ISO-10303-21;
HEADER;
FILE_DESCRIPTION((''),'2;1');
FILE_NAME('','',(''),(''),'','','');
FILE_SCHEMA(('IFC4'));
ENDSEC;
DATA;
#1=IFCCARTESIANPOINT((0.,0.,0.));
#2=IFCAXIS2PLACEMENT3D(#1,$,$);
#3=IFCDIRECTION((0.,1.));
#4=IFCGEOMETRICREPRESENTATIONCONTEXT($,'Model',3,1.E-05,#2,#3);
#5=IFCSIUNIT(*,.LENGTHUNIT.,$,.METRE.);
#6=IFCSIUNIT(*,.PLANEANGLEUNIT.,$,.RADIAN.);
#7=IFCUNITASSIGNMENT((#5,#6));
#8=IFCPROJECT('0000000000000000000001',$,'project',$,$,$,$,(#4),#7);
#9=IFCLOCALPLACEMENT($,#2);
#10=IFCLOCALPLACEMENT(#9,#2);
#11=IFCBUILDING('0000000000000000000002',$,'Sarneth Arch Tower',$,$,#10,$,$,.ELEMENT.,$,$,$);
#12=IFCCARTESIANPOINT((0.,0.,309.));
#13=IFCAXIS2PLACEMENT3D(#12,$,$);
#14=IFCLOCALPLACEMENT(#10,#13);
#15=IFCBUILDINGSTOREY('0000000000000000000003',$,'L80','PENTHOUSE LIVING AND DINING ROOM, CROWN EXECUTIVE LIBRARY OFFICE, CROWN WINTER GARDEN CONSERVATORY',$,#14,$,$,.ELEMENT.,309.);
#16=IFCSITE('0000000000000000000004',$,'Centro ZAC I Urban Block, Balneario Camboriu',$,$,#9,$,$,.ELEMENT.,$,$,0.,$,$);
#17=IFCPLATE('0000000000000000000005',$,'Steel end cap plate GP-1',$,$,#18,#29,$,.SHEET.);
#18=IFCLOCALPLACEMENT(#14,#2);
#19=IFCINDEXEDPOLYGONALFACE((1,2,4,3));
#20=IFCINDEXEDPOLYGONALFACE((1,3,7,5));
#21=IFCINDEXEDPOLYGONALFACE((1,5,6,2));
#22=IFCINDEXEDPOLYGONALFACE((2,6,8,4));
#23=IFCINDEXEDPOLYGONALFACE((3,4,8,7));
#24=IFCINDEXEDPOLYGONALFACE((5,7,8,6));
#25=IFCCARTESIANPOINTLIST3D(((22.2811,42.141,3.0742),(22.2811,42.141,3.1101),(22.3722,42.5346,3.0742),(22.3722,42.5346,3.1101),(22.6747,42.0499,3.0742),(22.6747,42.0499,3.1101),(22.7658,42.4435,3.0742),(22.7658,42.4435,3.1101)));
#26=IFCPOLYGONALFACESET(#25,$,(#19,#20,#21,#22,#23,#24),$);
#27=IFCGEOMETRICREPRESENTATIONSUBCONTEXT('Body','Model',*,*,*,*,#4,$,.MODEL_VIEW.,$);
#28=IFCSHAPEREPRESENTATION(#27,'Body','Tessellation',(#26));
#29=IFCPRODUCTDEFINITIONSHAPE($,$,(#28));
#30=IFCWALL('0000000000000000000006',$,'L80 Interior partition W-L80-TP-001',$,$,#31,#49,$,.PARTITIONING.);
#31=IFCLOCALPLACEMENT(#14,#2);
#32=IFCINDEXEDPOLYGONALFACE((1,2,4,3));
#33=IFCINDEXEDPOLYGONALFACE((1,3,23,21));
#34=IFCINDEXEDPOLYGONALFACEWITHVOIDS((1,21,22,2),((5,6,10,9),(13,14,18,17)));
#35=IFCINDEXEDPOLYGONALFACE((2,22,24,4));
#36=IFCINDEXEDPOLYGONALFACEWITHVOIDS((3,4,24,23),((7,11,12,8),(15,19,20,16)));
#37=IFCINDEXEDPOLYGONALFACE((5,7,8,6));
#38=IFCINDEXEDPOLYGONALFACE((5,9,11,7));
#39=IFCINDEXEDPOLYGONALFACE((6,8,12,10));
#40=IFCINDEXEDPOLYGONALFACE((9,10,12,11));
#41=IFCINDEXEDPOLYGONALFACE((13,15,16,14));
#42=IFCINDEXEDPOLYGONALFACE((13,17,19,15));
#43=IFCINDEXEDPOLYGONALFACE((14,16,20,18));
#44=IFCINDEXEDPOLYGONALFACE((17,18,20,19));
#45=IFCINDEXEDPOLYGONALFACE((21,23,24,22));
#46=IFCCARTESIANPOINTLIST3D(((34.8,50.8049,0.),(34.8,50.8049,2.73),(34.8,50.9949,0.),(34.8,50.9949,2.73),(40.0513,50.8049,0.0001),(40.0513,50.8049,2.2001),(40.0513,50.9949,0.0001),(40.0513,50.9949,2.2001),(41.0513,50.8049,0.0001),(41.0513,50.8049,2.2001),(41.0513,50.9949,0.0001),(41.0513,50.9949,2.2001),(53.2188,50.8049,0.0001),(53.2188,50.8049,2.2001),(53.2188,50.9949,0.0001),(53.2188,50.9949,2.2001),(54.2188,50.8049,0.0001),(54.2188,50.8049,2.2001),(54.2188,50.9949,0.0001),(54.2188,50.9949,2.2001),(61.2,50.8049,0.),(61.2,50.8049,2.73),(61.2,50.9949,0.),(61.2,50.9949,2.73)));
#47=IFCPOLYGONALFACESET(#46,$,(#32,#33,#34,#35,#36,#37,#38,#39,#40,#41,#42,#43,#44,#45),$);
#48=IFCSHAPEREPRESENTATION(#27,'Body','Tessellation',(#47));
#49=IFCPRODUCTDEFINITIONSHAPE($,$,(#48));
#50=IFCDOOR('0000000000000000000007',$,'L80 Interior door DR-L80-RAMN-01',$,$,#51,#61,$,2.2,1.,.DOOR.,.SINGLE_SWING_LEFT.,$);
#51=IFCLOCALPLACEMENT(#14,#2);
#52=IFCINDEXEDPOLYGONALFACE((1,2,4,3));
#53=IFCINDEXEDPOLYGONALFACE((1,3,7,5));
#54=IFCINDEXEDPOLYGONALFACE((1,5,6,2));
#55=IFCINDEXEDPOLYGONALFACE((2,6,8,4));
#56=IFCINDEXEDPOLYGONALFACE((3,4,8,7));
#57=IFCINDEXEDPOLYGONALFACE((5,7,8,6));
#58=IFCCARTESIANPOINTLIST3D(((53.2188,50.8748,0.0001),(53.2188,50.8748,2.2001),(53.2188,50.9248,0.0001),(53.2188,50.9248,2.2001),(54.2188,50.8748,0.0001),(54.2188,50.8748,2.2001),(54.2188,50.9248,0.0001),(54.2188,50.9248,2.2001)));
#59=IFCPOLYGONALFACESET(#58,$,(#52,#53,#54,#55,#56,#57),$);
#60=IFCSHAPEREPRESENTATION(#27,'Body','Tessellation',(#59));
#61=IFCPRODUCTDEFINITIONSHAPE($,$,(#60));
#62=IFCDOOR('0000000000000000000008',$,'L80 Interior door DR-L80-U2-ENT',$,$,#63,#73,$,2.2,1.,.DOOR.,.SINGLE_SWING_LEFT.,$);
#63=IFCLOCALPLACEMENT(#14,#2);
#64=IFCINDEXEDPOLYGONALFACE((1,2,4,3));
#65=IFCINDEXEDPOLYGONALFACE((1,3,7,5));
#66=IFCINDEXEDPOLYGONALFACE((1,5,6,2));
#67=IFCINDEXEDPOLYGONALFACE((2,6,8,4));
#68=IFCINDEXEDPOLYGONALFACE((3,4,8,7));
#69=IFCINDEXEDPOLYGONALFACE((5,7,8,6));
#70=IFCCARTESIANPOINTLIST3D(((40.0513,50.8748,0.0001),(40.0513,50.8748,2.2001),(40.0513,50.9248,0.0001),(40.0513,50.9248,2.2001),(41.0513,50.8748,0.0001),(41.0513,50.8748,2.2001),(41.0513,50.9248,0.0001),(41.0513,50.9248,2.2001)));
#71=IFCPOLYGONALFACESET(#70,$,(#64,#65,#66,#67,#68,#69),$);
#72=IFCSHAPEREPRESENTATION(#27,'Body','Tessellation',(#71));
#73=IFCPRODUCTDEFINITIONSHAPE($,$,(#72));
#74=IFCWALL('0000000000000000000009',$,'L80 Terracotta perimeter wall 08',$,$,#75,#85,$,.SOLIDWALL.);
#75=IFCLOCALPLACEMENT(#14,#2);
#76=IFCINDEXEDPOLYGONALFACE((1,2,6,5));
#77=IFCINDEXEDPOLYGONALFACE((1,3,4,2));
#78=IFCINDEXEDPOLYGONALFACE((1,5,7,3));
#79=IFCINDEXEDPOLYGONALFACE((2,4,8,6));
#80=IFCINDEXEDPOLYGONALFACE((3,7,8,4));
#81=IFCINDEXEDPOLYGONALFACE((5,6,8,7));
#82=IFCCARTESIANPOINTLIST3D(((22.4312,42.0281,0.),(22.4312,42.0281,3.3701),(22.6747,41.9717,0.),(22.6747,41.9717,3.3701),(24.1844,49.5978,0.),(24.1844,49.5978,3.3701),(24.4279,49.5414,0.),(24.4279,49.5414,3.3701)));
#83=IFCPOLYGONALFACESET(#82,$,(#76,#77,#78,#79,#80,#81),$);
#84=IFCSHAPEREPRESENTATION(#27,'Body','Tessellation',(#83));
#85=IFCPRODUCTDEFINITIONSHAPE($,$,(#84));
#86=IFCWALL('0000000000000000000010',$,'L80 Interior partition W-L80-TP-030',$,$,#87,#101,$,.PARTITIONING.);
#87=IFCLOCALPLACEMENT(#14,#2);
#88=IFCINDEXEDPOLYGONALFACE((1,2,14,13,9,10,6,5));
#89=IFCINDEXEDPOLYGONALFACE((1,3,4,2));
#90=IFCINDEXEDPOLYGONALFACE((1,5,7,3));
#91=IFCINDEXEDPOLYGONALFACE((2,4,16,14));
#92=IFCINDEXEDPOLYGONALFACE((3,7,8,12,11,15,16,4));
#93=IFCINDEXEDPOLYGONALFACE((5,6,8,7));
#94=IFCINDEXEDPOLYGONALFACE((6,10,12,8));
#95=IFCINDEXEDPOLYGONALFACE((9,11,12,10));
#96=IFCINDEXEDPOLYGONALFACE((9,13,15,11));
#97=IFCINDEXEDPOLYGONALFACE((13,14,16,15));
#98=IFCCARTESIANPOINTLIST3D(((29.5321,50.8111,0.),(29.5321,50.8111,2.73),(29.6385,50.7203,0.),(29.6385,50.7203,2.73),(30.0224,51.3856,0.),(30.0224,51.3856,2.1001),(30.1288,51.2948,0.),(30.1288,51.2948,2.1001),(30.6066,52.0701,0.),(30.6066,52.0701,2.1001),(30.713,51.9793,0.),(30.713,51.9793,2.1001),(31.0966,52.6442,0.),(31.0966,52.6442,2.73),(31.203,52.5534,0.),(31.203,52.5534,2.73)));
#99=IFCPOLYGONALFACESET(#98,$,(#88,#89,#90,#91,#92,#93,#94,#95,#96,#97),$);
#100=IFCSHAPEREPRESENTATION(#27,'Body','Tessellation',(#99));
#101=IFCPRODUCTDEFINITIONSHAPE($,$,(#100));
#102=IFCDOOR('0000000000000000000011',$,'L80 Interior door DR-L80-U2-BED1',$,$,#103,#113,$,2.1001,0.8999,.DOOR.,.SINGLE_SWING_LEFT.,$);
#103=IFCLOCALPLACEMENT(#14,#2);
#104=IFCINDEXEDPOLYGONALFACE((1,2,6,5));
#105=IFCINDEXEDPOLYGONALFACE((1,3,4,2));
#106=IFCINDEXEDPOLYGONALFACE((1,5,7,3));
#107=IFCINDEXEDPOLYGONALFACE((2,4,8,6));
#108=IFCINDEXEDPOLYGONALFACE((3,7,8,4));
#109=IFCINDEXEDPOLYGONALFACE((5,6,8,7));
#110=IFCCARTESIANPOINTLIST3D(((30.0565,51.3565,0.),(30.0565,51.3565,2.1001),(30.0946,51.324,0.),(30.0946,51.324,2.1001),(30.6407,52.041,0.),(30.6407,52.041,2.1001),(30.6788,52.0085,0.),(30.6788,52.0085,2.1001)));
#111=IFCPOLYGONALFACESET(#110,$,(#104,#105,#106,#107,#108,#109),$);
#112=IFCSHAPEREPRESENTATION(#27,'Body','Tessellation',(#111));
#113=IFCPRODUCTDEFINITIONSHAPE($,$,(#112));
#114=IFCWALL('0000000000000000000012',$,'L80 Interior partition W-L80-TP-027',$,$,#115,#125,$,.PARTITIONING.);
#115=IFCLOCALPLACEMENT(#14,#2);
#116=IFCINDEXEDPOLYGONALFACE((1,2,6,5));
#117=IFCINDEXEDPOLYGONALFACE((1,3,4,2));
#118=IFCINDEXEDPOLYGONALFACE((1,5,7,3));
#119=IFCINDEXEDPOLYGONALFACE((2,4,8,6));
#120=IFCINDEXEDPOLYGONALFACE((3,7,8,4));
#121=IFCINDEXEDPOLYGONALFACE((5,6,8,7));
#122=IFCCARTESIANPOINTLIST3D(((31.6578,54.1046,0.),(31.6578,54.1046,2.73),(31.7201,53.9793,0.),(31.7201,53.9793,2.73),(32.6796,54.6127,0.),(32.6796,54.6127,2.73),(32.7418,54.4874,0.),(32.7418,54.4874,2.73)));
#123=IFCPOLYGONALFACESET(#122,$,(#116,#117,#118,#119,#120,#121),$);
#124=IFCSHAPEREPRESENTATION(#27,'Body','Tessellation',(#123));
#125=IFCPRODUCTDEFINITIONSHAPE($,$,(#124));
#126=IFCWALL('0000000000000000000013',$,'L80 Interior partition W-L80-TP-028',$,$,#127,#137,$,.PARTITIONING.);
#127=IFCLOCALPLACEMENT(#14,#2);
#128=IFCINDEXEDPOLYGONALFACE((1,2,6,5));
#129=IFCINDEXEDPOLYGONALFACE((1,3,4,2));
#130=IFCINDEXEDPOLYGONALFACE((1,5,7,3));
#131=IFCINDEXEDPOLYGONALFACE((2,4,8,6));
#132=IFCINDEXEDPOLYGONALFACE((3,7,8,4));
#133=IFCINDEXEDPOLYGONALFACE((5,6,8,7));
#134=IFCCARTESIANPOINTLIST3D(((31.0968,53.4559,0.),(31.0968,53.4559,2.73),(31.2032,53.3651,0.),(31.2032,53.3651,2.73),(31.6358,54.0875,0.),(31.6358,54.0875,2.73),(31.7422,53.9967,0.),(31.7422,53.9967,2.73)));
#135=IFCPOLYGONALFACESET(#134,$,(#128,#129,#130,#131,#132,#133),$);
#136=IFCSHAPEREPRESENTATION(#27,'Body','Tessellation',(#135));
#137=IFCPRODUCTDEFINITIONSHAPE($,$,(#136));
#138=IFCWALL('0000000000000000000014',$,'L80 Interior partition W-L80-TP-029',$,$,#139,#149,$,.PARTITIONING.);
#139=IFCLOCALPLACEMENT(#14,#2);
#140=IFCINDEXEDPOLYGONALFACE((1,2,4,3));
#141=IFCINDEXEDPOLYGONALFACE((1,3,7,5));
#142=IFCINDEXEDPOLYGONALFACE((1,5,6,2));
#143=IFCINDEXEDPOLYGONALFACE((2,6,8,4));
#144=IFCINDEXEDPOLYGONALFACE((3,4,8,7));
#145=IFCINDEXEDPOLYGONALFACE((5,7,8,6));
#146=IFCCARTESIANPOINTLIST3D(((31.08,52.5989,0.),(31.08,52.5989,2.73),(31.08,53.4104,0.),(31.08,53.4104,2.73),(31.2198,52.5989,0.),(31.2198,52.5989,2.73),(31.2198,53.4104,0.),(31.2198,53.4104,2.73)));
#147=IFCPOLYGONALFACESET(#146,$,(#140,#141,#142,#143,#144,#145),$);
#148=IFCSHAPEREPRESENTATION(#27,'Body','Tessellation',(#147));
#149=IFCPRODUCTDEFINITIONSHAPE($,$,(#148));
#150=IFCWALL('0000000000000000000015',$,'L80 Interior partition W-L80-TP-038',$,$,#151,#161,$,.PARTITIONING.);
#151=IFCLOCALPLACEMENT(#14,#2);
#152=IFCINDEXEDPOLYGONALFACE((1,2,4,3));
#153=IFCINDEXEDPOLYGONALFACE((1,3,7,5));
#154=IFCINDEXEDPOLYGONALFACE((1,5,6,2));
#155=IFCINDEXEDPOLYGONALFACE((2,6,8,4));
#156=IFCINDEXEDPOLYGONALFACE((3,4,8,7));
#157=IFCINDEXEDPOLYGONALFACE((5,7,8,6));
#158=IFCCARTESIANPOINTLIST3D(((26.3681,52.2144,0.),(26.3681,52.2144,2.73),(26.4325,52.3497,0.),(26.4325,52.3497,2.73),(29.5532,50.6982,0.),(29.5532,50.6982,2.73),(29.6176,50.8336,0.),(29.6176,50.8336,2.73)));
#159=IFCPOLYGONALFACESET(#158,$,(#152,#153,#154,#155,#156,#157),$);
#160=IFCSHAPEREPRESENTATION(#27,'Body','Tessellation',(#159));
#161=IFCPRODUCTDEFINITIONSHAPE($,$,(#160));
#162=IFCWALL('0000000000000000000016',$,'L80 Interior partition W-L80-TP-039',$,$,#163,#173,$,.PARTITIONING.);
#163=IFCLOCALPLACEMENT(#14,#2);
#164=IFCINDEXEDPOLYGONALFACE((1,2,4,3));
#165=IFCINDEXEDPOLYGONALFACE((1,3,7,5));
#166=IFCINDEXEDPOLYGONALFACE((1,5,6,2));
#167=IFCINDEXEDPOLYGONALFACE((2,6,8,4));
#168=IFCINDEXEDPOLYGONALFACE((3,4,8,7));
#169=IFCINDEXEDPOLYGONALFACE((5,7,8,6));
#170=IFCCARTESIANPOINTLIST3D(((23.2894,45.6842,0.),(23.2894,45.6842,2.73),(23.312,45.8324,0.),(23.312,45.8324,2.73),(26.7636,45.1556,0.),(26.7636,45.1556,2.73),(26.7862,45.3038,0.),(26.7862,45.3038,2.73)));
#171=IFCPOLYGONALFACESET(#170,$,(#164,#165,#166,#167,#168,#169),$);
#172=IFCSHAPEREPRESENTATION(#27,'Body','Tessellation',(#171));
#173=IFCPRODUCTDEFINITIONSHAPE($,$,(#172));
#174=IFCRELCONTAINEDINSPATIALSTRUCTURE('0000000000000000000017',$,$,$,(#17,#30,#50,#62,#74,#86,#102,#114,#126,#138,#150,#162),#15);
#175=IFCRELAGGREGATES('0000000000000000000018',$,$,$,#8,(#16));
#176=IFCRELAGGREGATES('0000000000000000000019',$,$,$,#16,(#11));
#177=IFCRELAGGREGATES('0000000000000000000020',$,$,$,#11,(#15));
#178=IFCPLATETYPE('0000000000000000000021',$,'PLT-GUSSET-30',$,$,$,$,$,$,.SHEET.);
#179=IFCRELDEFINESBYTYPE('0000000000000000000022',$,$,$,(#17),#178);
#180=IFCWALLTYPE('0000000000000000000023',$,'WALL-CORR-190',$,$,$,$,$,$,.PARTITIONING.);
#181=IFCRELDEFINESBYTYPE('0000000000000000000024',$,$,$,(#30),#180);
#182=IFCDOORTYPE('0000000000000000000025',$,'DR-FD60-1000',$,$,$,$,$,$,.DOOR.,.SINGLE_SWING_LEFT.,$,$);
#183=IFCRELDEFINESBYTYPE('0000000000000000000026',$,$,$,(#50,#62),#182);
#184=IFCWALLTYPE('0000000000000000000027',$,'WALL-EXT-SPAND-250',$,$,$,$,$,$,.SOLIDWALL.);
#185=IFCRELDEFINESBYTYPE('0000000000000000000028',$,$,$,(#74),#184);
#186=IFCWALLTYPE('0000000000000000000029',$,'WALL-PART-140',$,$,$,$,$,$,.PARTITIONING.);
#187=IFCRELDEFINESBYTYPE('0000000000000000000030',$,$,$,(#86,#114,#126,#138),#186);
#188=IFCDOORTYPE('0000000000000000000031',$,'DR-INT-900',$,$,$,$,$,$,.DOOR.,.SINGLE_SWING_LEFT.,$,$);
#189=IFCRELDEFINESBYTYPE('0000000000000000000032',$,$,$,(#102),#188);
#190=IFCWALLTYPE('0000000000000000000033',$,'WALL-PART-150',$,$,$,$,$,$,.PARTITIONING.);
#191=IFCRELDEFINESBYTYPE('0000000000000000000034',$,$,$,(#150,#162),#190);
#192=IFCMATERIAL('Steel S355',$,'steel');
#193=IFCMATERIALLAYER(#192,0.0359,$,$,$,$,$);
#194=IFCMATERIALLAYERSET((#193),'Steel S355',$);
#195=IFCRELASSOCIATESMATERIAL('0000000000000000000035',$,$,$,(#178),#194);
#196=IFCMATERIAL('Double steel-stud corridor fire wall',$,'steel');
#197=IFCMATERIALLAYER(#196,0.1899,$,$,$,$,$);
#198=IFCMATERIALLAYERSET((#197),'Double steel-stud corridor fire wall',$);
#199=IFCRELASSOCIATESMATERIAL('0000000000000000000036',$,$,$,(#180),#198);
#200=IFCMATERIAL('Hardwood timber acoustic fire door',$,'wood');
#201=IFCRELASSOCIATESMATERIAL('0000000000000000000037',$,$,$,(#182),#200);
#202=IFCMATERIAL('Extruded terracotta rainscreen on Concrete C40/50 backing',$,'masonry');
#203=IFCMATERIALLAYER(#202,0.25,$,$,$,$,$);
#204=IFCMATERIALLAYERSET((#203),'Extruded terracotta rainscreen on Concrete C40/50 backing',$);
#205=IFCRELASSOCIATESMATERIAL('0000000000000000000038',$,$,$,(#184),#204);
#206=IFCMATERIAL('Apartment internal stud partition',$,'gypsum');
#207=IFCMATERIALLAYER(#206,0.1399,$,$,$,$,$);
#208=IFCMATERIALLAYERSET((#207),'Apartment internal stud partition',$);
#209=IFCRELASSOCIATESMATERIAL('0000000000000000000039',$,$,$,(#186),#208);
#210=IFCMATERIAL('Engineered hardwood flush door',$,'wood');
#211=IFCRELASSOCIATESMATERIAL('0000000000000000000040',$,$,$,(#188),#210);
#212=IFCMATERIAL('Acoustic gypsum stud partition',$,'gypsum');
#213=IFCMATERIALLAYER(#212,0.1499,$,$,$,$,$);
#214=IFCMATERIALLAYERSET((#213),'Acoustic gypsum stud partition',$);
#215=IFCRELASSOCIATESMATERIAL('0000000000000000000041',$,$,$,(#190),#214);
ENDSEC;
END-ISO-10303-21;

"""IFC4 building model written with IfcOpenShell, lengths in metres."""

from ifc_helpers import new_model, si_unit, direction, frame, frame_2d, origin, origin_2d, place, context, subcontext, project, spatial, rectangle, extrude, material, layer, layer_set, type_object, element, fill, save


model = new_model("IFC4")

# Units and contexts
model_context = context("Model", 3, precision=1e-05, world=origin(), true_north=direction((0.0, 1.0)))
body_context = subcontext(model_context, "Body", "Model", "MODEL_VIEW")
ifc_project = project(units=[si_unit("LENGTHUNIT", "METRE"), si_unit("PLANEANGLEUNIT", "RADIAN")], contexts=[model_context])

# Site, building, storey
site_placement = place(None, origin())
site = spatial("IfcSite", under=ifc_project, at=site_placement, Name="Centro ZAC I Urban Block, Balneario Camboriu", CompositionType="ELEMENT", RefElevation=0.0)
building_placement = place(site_placement, origin())
building = spatial("IfcBuilding", under=site, at=building_placement, Name="Sarneth Arch Tower", CompositionType="ELEMENT")
storey_placement = place(building_placement, frame((0.0, 0.0, 309.0)))
storey = spatial("IfcBuildingStorey", under=building, at=storey_placement, Name="L80", Description="PENTHOUSE LIVING AND DINING ROOM, CROWN EXECUTIVE LIBRARY OFFICE, CROWN WINTER GARDEN CONSERVATORY", CompositionType="ELEMENT", Elevation=309.0)

# Plate
ifc_material_1 = material(Name="Steel S355", Category="steel")
ifc_layer_1 = layer(ifc_material_1, 0.0359)
ifc_layer_set_1 = layer_set([ifc_layer_1], Name="Steel S355")
plate_type = type_object("IfcPlateType", Name="PLT-GUSSET-30", PredefinedType="SHEET", material=ifc_layer_set_1)
for number, where, z_axis, x_axis, name in (
    (1, (22.5234, 42.2922, 3.0742), (0.0, 0.0, 1.0), (-0.225461, -0.974252, 0.0), "Steel end cap plate GP-1"),
):
    element("IfcPlate", number, at=place(storey_placement, frame(where, z_axis=z_axis, x_axis=x_axis)), inside=storey, type_object=plate_type, Name=name, PredefinedType="SHEET", context=body_context, shape_type="SweptSolid", body=[
        extrude(rectangle(XDim=0.4041, YDim=0.4041, at=origin_2d()), origin(), (0.0, 0.0, 1.0), 0.0359),
    ])

# Wall, openings, doors
ifc_material_2 = material(Name="Double steel-stud corridor fire wall", Category="steel")
ifc_layer_2 = layer(ifc_material_2, 0.1899)
ifc_layer_set_2 = layer_set([ifc_layer_2], Name="Double steel-stud corridor fire wall")
wall_type_1 = type_object("IfcWallType", Name="WALL-CORR-190", PredefinedType="PARTITIONING", material=ifc_layer_set_2)
wall_1_placement = place(storey_placement, frame((34.8, 50.8999, 0.0), z_axis=(0.0, 0.0, 1.0), x_axis=(1.0, 0.0, 0.0)))
wall_1 = element("IfcWall", 2, at=wall_1_placement, inside=storey, type_object=wall_type_1, Name="L80 Interior partition W-L80-TP-001", PredefinedType="PARTITIONING", context=body_context, shape_type="SweptSolid", body=[
    extrude(rectangle(XDim=26.3999, YDim=0.1899, at=frame_2d((13.2, 0.0))), origin(), (0.0, 0.0, 1.0), 2.73),
])
opening_1_placement = place(wall_1_placement, frame((18.4187, 0.0, 0.0)))
opening_1 = element("IfcOpeningElement", 3, at=opening_1_placement, cuts=wall_1, PredefinedType="OPENING", context=body_context, shape_type="SweptSolid", body=[
    extrude(rectangle(XDim=1.0, YDim=2.2, at=frame_2d((0.5, 1.1001))), frame((0.0, 0.105, 0.0), z_axis=(0.0, -1.0, 0.0), x_axis=(1.0, 0.0, 0.0)), (0.0, 0.0, 1.0), 0.21),
])
opening_2_placement = place(wall_1_placement, frame((5.2512, 0.0, 0.0)))
opening_2 = element("IfcOpeningElement", 4, at=opening_2_placement, cuts=wall_1, PredefinedType="OPENING", context=body_context, shape_type="SweptSolid", body=[
    extrude(rectangle(XDim=1.0, YDim=2.2, at=frame_2d((0.5, 1.1001))), frame((0.0, 0.105, 0.0), z_axis=(0.0, -1.0, 0.0), x_axis=(1.0, 0.0, 0.0)), (0.0, 0.0, 1.0), 0.21),
])
ifc_material_3 = material(Name="Hardwood timber acoustic fire door", Category="wood")
door_type_1 = type_object("IfcDoorType", Name="DR-FD60-1000", OperationType="SINGLE_SWING_LEFT", PredefinedType="DOOR", material=ifc_material_3)
door_1_placement = place(opening_1_placement, origin())
door_1 = element("IfcDoor", 5, at=door_1_placement, inside=storey, type_object=door_type_1, Name="L80 Interior door DR-L80-RAMN-01", OperationType="SINGLE_SWING_LEFT", OverallHeight=2.2, OverallWidth=1.0, PredefinedType="DOOR", context=body_context, shape_type="SweptSolid", body=[
    extrude(rectangle(XDim=1.0, YDim=2.2, at=frame_2d((0.5, 1.1001))), frame((0.0, 0.0249, 0.0), z_axis=(0.0, -1.0, 0.0), x_axis=(1.0, 0.0, 0.0)), (0.0, 0.0, 1.0), 0.05),
])
fill(opening_1, door_1)
door_2_placement = place(opening_2_placement, origin())
door_2 = element("IfcDoor", 6, at=door_2_placement, inside=storey, type_object=door_type_1, Name="L80 Interior door DR-L80-U2-ENT", OperationType="SINGLE_SWING_LEFT", OverallHeight=2.2, OverallWidth=1.0, PredefinedType="DOOR", context=body_context, shape_type="SweptSolid", body=[
    extrude(rectangle(XDim=1.0, YDim=2.2, at=frame_2d((0.5, 1.1001))), frame((0.0, 0.0249, 0.0), z_axis=(0.0, -1.0, 0.0), x_axis=(1.0, 0.0, 0.0)), (0.0, 0.0, 1.0), 0.05),
])
fill(opening_2, door_2)

# Wall
ifc_material_4 = material(Name="Extruded terracotta rainscreen on Concrete C40/50 backing", Category="masonry")
ifc_layer_3 = layer(ifc_material_4, 0.25)
ifc_layer_set_3 = layer_set([ifc_layer_3], Name="Extruded terracotta rainscreen on Concrete C40/50 backing")
wall_type_2 = type_object("IfcWallType", Name="WALL-EXT-SPAND-250", PredefinedType="SOLIDWALL", material=ifc_layer_set_3)
wall_2_placement = place(storey_placement, frame((24.3062, 49.5696, 0.0), z_axis=(0.0, 0.0, 1.0), x_axis=(-0.225635, -0.974212, 0.0)))
element("IfcWall", 7, at=wall_2_placement, inside=storey, type_object=wall_type_2, Name="L80 Terracotta perimeter wall 08", PredefinedType="SOLIDWALL", context=body_context, shape_type="SweptSolid", body=[
    extrude(rectangle(XDim=7.77, YDim=0.25, at=frame_2d((3.885, 0.0))), origin(), (0.0, 0.0, 1.0), 3.3701),
])

# Wall, opening, door
ifc_material_5 = material(Name="Apartment internal stud partition", Category="gypsum")
ifc_layer_4 = layer(ifc_material_5, 0.1399)
ifc_layer_set_4 = layer_set([ifc_layer_4], Name="Apartment internal stud partition")
wall_type_3 = type_object("IfcWallType", Name="WALL-PART-140", PredefinedType="PARTITIONING", material=ifc_layer_set_4)
wall_3_placement = place(storey_placement, frame((31.1499, 52.5989, 0.0), z_axis=(0.0, 0.0, 1.0), x_axis=(-0.649188, -0.760628, 0.0)))
wall_3 = element("IfcWall", 8, at=wall_3_placement, inside=storey, type_object=wall_type_3, Name="L80 Interior partition W-L80-TP-030", PredefinedType="PARTITIONING", context=body_context, shape_type="SweptSolid", body=[
    extrude(rectangle(XDim=2.4099, YDim=0.1399, at=frame_2d((1.2051, 0.0))), origin(), (0.0, 0.0, 1.0), 2.73),
])
opening_3_placement = place(wall_3_placement, frame((0.7549, 0.0, 0.0)))
opening_3 = element("IfcOpeningElement", 9, at=opening_3_placement, cuts=wall_3, PredefinedType="OPENING", context=body_context, shape_type="SweptSolid", body=[
    extrude(rectangle(XDim=0.8999, YDim=2.1001, at=frame_2d((0.45, 1.05))), frame((0.0, 0.0798, 0.0), z_axis=(0.0, -1.0, 0.0), x_axis=(1.0, 0.0, 0.0)), (0.0, 0.0, 1.0), 0.1599),
])
ifc_material_6 = material(Name="Engineered hardwood flush door", Category="wood")
door_type_2 = type_object("IfcDoorType", Name="DR-INT-900", OperationType="SINGLE_SWING_LEFT", PredefinedType="DOOR", material=ifc_material_6)
door_3_placement = place(opening_3_placement, origin())
door_3 = element("IfcDoor", 10, at=door_3_placement, inside=storey, type_object=door_type_2, Name="L80 Interior door DR-L80-U2-BED1", OperationType="SINGLE_SWING_LEFT", OverallHeight=2.1001, OverallWidth=0.8999, PredefinedType="DOOR", context=body_context, shape_type="SweptSolid", body=[
    extrude(rectangle(XDim=0.8999, YDim=2.1001, at=frame_2d((0.45, 1.05))), frame((0.0, 0.0249, 0.0), z_axis=(0.0, -1.0, 0.0), x_axis=(1.0, 0.0, 0.0)), (0.0, 0.0, 1.0), 0.05),
])
fill(opening_3, door_3)

# Walls
wall_4_placement = place(storey_placement, frame((32.7107, 54.55, 0.0), z_axis=(0.0, 0.0, 1.0), x_axis=(-0.895409, -0.445244, 0.0)))
element("IfcWall", 11, at=wall_4_placement, inside=storey, type_object=wall_type_3, Name="L80 Interior partition W-L80-TP-027", PredefinedType="PARTITIONING", context=body_context, shape_type="SweptSolid", body=[
    extrude(rectangle(XDim=1.1411, YDim=0.1399, at=frame_2d((0.5706, 0.0))), origin(), (0.0, 0.0, 1.0), 2.73),
])
wall_5_placement = place(storey_placement, frame((31.689, 54.042, 0.0), z_axis=(0.0, 0.0, 1.0), x_axis=(-0.649192, -0.760625, 0.0)))
element("IfcWall", 12, at=wall_5_placement, inside=storey, type_object=wall_type_3, Name="L80 Interior partition W-L80-TP-028", PredefinedType="PARTITIONING", context=body_context, shape_type="SweptSolid", body=[
    extrude(rectangle(XDim=0.8303, YDim=0.1399, at=frame_2d((0.415, 0.0))), origin(), (0.0, 0.0, 1.0), 2.73),
])
wall_6_placement = place(storey_placement, frame((31.1499, 53.4104, 0.0), z_axis=(0.0, 0.0, 1.0), x_axis=(0.0, -1.0, 0.0)))
element("IfcWall", 13, at=wall_6_placement, inside=storey, type_object=wall_type_3, Name="L80 Interior partition W-L80-TP-029", PredefinedType="PARTITIONING", context=body_context, shape_type="SweptSolid", body=[
    extrude(rectangle(XDim=0.8115, YDim=0.1399, at=frame_2d((0.4058, 0.0))), origin(), (0.0, 0.0, 1.0), 2.73),
])
ifc_material_7 = material(Name="Acoustic gypsum stud partition", Category="gypsum")
ifc_layer_5 = layer(ifc_material_7, 0.1499)
ifc_layer_set_5 = layer_set([ifc_layer_5], Name="Acoustic gypsum stud partition")
wall_type_4 = type_object("IfcWallType", Name="WALL-PART-150", PredefinedType="PARTITIONING", material=ifc_layer_set_5)
wall_7_placement = place(storey_placement, frame((26.4004, 52.282, 0.0), z_axis=(0.0, 0.0, 1.0), x_axis=(0.902924, -0.429799, 0.0)))
element("IfcWall", 14, at=wall_7_placement, inside=storey, type_object=wall_type_4, Name="L80 Interior partition W-L80-TP-038", PredefinedType="PARTITIONING", context=body_context, shape_type="SweptSolid", body=[
    extrude(rectangle(XDim=3.5276, YDim=0.1499, at=frame_2d((1.7637, 0.0))), origin(), (0.0, 0.0, 1.0), 2.73),
])
wall_8_placement = place(storey_placement, frame((26.7749, 45.2297, 0.0), z_axis=(0.0, 0.0, 1.0), x_axis=(-0.988623, 0.150412, 0.0)))
element("IfcWall", 15, at=wall_8_placement, inside=storey, type_object=wall_type_4, Name="L80 Interior partition W-L80-TP-039", PredefinedType="PARTITIONING", context=body_context, shape_type="SweptSolid", body=[
    extrude(rectangle(XDim=3.5142, YDim=0.1499, at=frame_2d((1.7571, 0.0))), origin(), (0.0, 0.0, 1.0), 2.73),
])

save(model, "model.ifc")
